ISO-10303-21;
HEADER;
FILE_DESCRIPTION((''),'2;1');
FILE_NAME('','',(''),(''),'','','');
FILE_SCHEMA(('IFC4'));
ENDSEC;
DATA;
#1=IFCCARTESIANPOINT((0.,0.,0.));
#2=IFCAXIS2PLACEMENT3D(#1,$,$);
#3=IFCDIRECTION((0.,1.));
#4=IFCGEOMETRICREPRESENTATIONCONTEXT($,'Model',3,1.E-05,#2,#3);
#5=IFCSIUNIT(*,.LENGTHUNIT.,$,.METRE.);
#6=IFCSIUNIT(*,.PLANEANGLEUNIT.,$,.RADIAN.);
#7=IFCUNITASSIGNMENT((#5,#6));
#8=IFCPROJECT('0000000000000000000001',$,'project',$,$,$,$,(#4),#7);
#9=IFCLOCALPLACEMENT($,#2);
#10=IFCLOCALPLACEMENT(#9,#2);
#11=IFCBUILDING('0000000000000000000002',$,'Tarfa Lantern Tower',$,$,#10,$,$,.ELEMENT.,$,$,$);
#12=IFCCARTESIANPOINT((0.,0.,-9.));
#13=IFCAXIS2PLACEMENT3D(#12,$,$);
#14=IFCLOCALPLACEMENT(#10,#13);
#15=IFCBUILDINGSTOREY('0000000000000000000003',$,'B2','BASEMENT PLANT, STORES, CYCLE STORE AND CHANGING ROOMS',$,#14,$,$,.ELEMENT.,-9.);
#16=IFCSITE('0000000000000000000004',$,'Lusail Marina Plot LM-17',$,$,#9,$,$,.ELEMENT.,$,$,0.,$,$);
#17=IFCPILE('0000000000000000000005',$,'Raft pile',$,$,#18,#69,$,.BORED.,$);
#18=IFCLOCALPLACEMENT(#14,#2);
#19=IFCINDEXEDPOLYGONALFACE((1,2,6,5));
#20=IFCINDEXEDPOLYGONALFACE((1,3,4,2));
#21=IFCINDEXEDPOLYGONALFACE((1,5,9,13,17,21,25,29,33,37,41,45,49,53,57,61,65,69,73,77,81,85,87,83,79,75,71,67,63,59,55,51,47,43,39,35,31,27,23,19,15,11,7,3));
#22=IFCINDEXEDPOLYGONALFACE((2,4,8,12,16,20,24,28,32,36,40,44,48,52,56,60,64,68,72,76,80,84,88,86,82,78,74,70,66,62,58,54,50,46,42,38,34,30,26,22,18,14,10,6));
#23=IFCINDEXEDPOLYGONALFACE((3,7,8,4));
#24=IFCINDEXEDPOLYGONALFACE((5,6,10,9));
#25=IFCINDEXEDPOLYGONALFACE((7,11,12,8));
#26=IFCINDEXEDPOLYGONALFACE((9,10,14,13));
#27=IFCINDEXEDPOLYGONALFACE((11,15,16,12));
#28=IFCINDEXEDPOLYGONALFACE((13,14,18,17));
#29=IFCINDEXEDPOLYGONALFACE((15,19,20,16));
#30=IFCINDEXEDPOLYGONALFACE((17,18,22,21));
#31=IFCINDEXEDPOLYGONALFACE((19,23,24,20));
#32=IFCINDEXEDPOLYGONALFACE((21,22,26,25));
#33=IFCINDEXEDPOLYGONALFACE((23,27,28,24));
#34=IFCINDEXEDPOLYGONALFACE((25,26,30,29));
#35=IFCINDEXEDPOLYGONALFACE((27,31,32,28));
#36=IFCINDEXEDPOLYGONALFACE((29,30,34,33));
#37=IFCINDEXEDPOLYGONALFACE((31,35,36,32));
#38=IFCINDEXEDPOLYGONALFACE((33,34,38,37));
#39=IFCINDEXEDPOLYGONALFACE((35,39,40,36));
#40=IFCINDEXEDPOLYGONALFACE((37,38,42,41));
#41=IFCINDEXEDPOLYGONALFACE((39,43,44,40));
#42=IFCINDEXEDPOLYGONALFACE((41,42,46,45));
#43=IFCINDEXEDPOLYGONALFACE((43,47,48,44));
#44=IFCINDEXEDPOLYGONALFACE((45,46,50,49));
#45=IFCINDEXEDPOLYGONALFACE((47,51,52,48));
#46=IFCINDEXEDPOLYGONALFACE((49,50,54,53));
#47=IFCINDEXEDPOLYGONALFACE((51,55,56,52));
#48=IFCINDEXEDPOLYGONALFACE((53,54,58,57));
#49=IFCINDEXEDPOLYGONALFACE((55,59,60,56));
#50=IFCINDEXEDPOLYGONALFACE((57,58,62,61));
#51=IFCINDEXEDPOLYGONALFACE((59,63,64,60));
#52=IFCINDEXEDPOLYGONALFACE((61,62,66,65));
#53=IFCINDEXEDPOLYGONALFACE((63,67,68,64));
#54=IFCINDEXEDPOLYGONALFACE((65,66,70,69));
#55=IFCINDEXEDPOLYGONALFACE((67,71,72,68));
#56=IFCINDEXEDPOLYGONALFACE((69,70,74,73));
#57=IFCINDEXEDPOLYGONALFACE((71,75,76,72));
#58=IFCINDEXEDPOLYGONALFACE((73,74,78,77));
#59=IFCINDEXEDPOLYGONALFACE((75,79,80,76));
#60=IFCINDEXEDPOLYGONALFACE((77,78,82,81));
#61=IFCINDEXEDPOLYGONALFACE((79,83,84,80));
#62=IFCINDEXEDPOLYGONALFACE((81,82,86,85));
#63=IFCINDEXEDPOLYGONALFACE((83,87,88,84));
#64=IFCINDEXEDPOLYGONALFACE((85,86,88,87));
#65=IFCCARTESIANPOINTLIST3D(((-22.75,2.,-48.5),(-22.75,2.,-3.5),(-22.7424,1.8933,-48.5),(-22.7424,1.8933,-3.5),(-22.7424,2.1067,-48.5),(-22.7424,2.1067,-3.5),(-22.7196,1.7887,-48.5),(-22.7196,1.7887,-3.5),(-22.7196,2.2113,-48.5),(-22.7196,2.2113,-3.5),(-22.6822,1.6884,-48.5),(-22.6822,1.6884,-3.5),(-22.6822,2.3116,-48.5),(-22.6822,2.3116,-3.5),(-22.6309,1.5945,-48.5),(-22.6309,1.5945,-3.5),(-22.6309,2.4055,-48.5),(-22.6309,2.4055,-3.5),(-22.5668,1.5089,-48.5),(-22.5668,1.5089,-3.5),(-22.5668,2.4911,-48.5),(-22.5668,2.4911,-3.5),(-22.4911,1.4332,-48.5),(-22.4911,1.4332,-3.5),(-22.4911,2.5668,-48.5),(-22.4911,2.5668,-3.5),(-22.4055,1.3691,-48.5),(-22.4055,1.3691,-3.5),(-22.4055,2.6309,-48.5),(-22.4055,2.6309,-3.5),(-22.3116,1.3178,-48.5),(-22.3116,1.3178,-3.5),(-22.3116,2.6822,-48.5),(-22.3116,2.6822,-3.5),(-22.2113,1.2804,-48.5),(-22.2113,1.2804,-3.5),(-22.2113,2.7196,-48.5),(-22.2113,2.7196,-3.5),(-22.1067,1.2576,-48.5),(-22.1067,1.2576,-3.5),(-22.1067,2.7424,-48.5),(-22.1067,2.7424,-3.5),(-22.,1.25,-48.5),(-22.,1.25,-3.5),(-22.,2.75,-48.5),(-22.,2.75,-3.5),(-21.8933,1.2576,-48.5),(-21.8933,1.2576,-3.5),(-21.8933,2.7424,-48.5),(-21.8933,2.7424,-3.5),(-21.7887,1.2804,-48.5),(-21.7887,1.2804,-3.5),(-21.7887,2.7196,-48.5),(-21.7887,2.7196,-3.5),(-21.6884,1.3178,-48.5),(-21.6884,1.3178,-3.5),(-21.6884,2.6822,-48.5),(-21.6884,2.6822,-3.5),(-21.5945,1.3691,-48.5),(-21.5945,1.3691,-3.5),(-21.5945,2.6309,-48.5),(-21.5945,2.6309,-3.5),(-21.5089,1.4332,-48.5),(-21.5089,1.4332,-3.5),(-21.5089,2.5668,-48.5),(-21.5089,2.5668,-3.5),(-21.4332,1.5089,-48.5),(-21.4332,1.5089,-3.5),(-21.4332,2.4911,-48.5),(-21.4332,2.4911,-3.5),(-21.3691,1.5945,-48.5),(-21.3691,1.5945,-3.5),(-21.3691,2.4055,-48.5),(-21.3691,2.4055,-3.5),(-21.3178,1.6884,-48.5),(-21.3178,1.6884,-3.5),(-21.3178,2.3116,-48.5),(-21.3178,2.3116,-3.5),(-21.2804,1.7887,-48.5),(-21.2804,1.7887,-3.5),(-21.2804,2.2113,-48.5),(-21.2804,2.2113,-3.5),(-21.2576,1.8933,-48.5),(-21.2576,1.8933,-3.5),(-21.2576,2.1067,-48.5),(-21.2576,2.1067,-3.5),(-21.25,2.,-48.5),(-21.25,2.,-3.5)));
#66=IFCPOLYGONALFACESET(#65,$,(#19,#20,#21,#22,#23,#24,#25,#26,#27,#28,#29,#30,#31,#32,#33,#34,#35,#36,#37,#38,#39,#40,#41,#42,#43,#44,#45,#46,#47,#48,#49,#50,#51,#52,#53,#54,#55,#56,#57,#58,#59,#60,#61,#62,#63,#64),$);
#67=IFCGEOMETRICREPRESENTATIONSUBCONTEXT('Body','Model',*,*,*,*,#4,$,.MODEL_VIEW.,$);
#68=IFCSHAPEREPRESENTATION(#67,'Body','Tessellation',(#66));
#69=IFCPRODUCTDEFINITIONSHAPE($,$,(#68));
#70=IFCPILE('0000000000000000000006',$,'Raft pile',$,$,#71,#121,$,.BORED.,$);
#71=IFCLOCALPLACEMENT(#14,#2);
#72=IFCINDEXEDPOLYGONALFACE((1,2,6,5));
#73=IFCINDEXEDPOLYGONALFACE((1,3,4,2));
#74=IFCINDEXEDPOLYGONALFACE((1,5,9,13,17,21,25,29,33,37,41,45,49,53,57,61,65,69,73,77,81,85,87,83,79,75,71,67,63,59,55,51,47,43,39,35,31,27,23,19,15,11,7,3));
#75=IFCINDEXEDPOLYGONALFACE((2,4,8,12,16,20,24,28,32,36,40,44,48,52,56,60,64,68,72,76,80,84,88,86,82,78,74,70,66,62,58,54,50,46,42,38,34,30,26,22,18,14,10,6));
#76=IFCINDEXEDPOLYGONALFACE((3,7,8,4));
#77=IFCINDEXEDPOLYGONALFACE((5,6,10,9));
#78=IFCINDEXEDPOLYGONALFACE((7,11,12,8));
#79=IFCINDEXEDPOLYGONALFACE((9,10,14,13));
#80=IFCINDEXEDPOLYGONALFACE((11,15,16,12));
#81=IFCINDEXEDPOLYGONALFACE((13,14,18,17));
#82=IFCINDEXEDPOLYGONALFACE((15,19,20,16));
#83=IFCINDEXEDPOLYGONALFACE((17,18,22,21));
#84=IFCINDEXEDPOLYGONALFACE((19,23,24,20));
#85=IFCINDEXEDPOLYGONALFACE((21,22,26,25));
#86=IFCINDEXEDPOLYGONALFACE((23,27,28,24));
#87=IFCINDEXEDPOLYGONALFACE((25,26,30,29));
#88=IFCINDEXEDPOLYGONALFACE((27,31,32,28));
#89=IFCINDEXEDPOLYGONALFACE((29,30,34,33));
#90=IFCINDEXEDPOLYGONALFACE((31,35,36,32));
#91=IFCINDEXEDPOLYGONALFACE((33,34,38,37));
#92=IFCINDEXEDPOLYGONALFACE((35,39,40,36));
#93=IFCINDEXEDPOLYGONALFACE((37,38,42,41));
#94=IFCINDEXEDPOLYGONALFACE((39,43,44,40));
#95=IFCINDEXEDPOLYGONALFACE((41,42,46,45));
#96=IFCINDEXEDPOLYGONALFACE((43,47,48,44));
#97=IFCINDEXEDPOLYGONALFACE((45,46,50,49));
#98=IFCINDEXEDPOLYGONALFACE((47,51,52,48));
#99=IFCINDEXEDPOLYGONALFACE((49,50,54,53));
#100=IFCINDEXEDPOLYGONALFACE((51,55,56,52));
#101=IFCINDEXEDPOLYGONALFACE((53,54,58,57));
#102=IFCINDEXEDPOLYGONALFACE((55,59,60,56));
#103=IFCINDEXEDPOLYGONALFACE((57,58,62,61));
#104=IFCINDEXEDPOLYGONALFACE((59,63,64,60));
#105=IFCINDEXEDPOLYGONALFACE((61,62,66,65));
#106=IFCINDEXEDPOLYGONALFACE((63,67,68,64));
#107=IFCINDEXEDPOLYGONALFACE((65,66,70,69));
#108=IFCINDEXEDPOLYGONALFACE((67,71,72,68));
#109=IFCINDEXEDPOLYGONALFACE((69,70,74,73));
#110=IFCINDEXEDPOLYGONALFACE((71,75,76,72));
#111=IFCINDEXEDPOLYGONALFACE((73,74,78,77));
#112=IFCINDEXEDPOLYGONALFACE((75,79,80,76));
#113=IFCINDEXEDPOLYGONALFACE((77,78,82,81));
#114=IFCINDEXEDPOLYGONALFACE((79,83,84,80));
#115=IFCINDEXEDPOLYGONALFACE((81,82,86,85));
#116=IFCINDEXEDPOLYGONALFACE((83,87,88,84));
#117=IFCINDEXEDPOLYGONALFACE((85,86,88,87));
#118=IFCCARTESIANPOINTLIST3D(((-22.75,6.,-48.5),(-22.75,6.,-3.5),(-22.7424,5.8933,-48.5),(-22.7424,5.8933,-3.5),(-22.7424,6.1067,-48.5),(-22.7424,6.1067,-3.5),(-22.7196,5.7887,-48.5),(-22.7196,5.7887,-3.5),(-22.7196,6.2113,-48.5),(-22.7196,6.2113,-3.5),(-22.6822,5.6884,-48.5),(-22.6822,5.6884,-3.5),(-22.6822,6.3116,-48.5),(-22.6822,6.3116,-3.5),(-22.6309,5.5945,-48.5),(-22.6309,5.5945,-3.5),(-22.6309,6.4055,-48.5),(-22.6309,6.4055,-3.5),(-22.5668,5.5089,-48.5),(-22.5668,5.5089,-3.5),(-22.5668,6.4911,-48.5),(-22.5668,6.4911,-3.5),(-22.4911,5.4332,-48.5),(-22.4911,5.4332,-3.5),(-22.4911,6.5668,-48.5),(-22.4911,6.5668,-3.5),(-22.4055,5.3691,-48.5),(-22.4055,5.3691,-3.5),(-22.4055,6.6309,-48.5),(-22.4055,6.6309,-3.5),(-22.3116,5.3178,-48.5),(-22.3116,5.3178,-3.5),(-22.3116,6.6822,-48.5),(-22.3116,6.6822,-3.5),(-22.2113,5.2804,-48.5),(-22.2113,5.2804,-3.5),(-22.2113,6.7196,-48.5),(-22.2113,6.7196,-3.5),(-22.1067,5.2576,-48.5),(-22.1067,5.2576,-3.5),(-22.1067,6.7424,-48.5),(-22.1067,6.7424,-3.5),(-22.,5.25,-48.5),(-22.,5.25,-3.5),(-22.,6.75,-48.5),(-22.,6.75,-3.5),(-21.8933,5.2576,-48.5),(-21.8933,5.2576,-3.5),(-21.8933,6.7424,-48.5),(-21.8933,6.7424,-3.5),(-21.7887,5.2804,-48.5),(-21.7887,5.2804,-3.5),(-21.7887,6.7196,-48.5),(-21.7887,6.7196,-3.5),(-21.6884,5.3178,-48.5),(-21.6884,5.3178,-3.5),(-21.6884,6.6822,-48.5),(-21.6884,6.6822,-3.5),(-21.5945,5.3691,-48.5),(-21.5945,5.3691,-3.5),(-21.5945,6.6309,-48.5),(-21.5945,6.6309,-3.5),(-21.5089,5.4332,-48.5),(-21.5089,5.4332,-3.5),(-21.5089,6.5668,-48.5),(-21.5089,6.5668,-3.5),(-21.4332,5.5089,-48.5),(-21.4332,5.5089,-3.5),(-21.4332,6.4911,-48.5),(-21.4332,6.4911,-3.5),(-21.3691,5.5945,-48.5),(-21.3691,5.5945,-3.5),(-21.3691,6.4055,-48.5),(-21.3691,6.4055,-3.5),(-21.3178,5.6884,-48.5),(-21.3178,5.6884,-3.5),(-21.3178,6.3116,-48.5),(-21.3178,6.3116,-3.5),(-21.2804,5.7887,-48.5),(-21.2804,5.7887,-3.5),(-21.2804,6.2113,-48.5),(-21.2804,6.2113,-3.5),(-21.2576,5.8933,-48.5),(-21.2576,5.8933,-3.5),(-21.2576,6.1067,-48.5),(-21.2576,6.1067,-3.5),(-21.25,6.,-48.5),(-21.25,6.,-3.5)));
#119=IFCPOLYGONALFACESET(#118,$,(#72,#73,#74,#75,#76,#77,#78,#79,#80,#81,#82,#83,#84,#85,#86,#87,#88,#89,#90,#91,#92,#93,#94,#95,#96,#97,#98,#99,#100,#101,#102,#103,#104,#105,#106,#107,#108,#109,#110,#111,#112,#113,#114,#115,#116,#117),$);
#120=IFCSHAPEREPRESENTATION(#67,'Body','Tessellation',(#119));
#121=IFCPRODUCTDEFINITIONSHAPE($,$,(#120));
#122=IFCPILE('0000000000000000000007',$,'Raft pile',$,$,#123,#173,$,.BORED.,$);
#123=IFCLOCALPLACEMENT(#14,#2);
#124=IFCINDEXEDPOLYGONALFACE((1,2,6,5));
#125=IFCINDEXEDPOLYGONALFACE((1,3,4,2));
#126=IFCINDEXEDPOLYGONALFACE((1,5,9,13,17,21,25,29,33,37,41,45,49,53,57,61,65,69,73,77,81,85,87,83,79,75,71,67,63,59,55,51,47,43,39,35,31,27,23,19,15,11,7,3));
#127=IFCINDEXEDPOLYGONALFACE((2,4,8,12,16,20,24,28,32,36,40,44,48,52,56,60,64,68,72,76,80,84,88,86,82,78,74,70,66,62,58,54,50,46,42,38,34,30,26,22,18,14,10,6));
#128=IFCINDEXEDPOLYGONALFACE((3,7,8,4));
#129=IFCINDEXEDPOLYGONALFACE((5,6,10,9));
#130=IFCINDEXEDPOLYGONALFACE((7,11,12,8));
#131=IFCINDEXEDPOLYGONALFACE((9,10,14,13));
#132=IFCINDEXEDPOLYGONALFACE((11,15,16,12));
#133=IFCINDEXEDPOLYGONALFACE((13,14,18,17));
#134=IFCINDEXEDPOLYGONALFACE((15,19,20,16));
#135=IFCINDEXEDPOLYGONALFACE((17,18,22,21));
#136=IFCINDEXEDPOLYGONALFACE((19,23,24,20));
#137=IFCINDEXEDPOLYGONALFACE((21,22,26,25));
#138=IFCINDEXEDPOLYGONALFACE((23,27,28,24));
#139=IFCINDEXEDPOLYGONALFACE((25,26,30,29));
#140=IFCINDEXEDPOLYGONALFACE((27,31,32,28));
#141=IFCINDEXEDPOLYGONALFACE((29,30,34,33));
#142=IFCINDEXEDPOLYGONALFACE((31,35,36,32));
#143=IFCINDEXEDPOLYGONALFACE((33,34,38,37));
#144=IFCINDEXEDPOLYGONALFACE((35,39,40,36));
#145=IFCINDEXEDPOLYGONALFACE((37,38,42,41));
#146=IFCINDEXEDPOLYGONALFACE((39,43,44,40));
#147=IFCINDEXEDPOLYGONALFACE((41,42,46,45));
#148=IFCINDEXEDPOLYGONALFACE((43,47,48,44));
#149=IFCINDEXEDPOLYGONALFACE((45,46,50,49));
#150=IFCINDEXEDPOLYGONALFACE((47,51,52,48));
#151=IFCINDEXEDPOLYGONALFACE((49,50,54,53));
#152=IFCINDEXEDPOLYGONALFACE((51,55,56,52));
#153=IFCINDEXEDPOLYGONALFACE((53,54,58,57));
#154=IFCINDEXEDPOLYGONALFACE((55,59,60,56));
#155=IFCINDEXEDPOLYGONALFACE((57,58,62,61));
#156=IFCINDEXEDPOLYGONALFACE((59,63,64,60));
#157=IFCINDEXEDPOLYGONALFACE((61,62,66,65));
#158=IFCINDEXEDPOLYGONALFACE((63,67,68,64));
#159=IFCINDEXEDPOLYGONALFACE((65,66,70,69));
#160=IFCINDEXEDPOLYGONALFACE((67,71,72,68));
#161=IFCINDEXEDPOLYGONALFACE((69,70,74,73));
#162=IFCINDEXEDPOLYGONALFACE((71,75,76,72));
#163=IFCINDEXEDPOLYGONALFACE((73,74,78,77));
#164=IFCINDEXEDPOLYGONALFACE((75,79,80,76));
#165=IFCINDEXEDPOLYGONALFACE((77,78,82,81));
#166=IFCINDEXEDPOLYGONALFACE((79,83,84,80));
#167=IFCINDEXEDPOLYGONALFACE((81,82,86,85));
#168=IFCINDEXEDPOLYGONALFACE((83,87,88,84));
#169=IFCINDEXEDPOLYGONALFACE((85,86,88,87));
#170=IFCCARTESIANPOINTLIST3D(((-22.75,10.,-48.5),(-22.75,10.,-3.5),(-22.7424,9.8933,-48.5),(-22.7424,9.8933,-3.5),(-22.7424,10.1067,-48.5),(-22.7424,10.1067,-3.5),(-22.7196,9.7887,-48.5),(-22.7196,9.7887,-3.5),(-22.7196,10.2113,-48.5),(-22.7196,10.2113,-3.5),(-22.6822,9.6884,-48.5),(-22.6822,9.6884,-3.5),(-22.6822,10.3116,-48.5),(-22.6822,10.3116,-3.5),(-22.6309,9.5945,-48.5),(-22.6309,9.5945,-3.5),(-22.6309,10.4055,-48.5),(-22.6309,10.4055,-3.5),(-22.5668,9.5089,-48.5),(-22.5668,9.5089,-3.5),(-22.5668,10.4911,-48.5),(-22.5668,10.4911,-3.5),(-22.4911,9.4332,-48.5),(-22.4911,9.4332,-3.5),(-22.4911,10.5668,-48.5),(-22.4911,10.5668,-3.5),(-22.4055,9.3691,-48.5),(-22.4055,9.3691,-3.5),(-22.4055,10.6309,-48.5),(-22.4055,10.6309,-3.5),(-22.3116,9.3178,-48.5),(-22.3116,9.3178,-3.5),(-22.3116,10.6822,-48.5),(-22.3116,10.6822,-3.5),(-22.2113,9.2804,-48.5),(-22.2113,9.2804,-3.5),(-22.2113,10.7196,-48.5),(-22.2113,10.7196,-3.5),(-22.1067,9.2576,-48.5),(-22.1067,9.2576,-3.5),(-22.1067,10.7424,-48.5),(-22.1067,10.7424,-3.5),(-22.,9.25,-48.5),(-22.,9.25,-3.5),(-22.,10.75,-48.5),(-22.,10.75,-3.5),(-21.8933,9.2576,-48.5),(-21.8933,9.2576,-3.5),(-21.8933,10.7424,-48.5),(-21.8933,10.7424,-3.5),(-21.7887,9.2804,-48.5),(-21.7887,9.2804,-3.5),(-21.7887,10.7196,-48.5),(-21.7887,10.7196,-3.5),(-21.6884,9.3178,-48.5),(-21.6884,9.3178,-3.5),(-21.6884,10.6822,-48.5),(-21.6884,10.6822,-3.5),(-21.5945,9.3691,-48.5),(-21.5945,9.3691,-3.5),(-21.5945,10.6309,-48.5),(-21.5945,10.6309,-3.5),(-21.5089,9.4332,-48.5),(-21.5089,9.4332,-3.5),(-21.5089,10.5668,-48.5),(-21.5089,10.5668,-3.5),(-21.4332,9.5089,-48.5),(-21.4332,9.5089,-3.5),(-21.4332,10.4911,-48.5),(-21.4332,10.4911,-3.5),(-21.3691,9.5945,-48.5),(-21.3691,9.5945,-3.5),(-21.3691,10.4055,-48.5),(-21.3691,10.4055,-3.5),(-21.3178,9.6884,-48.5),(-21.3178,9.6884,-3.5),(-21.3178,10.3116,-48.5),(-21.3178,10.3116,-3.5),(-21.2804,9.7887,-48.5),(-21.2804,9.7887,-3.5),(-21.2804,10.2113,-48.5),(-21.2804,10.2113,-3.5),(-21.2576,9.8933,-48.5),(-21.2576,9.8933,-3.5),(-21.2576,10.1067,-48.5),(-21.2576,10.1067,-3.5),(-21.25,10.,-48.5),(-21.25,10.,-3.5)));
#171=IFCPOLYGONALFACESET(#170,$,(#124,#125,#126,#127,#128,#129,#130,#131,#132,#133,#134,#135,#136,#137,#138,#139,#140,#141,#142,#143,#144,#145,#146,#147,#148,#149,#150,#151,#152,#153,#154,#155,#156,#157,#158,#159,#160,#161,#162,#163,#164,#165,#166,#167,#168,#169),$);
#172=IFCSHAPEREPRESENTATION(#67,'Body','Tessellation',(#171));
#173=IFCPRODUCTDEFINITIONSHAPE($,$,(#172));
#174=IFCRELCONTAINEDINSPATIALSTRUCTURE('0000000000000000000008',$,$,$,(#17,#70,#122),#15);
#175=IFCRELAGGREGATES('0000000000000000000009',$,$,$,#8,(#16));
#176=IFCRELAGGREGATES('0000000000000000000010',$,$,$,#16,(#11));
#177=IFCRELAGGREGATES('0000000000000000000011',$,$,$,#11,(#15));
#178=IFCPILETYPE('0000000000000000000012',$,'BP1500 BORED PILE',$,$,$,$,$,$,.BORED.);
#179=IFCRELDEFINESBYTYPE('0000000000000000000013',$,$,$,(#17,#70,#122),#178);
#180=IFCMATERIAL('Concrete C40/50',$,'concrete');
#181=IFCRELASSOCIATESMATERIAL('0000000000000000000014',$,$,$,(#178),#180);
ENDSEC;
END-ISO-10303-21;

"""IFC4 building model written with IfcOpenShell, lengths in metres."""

from ifc_helpers import new_model, si_unit, direction, frame, origin, origin_2d, place, context, subcontext, project, spatial, circle, extrude, material, material_profile, profile_set, type_object, element, save


model = new_model("IFC4")

# Units and contexts
model_context = context("Model", 3, precision=1e-05, world=origin(), true_north=direction((0.0, 1.0)))
body_context = subcontext(model_context, "Body", "Model", "MODEL_VIEW")
ifc_project = project(units=[si_unit("LENGTHUNIT", "METRE"), si_unit("PLANEANGLEUNIT", "RADIAN")], contexts=[model_context])

# Site, building, storey
site_placement = place(None, origin())
site = spatial("IfcSite", under=ifc_project, at=site_placement, Name="Lusail Marina Plot LM-17", CompositionType="ELEMENT", RefElevation=0.0)
building_placement = place(site_placement, origin())
building = spatial("IfcBuilding", under=site, at=building_placement, Name="Tarfa Lantern Tower", CompositionType="ELEMENT")
storey_placement = place(building_placement, frame((0.0, 0.0, -9.0)))
storey = spatial("IfcBuildingStorey", under=building, at=storey_placement, Name="B2", Description="BASEMENT PLANT, STORES, CYCLE STORE AND CHANGING ROOMS", CompositionType="ELEMENT", Elevation=-9.0)

# Piles
ifc_material_1 = material(Name="Concrete C40/50", Category="concrete")
ifc_material_profile = material_profile(ifc_material_1, circle(Radius=0.75, at=origin_2d()), Name="BORED PILE D1500")
ifc_profile_set = profile_set([ifc_material_profile], Name="Concrete C40/50")
pile_type = type_object("IfcPileType", Name="BP1500 BORED PILE", PredefinedType="BORED", material=ifc_profile_set)
for number, where, z_axis, x_axis, name in (
    (1, (-22.0, 2.0, -3.5), (0.0, 0.0, -1.0), (1.0, 0.0, 0.0), "Raft pile"),
    (2, (-22.0, 6.0, -3.5), (0.0, 0.0, -1.0), (1.0, 0.0, 0.0), "Raft pile"),
    (3, (-22.0, 10.0, -3.5), (0.0, 0.0, -1.0), (1.0, 0.0, 0.0), "Raft pile"),
):
    element("IfcPile", number, at=place(storey_placement, frame(where, z_axis=z_axis, x_axis=x_axis)), inside=storey, type_object=pile_type, Name=name, PredefinedType="BORED", context=body_context, shape_type="SweptSolid", body=[
        extrude(circle(Radius=0.75, at=origin_2d()), origin(), (0.0, 0.0, 1.0), 45.0),
    ])

save(model, "model.ifc")
